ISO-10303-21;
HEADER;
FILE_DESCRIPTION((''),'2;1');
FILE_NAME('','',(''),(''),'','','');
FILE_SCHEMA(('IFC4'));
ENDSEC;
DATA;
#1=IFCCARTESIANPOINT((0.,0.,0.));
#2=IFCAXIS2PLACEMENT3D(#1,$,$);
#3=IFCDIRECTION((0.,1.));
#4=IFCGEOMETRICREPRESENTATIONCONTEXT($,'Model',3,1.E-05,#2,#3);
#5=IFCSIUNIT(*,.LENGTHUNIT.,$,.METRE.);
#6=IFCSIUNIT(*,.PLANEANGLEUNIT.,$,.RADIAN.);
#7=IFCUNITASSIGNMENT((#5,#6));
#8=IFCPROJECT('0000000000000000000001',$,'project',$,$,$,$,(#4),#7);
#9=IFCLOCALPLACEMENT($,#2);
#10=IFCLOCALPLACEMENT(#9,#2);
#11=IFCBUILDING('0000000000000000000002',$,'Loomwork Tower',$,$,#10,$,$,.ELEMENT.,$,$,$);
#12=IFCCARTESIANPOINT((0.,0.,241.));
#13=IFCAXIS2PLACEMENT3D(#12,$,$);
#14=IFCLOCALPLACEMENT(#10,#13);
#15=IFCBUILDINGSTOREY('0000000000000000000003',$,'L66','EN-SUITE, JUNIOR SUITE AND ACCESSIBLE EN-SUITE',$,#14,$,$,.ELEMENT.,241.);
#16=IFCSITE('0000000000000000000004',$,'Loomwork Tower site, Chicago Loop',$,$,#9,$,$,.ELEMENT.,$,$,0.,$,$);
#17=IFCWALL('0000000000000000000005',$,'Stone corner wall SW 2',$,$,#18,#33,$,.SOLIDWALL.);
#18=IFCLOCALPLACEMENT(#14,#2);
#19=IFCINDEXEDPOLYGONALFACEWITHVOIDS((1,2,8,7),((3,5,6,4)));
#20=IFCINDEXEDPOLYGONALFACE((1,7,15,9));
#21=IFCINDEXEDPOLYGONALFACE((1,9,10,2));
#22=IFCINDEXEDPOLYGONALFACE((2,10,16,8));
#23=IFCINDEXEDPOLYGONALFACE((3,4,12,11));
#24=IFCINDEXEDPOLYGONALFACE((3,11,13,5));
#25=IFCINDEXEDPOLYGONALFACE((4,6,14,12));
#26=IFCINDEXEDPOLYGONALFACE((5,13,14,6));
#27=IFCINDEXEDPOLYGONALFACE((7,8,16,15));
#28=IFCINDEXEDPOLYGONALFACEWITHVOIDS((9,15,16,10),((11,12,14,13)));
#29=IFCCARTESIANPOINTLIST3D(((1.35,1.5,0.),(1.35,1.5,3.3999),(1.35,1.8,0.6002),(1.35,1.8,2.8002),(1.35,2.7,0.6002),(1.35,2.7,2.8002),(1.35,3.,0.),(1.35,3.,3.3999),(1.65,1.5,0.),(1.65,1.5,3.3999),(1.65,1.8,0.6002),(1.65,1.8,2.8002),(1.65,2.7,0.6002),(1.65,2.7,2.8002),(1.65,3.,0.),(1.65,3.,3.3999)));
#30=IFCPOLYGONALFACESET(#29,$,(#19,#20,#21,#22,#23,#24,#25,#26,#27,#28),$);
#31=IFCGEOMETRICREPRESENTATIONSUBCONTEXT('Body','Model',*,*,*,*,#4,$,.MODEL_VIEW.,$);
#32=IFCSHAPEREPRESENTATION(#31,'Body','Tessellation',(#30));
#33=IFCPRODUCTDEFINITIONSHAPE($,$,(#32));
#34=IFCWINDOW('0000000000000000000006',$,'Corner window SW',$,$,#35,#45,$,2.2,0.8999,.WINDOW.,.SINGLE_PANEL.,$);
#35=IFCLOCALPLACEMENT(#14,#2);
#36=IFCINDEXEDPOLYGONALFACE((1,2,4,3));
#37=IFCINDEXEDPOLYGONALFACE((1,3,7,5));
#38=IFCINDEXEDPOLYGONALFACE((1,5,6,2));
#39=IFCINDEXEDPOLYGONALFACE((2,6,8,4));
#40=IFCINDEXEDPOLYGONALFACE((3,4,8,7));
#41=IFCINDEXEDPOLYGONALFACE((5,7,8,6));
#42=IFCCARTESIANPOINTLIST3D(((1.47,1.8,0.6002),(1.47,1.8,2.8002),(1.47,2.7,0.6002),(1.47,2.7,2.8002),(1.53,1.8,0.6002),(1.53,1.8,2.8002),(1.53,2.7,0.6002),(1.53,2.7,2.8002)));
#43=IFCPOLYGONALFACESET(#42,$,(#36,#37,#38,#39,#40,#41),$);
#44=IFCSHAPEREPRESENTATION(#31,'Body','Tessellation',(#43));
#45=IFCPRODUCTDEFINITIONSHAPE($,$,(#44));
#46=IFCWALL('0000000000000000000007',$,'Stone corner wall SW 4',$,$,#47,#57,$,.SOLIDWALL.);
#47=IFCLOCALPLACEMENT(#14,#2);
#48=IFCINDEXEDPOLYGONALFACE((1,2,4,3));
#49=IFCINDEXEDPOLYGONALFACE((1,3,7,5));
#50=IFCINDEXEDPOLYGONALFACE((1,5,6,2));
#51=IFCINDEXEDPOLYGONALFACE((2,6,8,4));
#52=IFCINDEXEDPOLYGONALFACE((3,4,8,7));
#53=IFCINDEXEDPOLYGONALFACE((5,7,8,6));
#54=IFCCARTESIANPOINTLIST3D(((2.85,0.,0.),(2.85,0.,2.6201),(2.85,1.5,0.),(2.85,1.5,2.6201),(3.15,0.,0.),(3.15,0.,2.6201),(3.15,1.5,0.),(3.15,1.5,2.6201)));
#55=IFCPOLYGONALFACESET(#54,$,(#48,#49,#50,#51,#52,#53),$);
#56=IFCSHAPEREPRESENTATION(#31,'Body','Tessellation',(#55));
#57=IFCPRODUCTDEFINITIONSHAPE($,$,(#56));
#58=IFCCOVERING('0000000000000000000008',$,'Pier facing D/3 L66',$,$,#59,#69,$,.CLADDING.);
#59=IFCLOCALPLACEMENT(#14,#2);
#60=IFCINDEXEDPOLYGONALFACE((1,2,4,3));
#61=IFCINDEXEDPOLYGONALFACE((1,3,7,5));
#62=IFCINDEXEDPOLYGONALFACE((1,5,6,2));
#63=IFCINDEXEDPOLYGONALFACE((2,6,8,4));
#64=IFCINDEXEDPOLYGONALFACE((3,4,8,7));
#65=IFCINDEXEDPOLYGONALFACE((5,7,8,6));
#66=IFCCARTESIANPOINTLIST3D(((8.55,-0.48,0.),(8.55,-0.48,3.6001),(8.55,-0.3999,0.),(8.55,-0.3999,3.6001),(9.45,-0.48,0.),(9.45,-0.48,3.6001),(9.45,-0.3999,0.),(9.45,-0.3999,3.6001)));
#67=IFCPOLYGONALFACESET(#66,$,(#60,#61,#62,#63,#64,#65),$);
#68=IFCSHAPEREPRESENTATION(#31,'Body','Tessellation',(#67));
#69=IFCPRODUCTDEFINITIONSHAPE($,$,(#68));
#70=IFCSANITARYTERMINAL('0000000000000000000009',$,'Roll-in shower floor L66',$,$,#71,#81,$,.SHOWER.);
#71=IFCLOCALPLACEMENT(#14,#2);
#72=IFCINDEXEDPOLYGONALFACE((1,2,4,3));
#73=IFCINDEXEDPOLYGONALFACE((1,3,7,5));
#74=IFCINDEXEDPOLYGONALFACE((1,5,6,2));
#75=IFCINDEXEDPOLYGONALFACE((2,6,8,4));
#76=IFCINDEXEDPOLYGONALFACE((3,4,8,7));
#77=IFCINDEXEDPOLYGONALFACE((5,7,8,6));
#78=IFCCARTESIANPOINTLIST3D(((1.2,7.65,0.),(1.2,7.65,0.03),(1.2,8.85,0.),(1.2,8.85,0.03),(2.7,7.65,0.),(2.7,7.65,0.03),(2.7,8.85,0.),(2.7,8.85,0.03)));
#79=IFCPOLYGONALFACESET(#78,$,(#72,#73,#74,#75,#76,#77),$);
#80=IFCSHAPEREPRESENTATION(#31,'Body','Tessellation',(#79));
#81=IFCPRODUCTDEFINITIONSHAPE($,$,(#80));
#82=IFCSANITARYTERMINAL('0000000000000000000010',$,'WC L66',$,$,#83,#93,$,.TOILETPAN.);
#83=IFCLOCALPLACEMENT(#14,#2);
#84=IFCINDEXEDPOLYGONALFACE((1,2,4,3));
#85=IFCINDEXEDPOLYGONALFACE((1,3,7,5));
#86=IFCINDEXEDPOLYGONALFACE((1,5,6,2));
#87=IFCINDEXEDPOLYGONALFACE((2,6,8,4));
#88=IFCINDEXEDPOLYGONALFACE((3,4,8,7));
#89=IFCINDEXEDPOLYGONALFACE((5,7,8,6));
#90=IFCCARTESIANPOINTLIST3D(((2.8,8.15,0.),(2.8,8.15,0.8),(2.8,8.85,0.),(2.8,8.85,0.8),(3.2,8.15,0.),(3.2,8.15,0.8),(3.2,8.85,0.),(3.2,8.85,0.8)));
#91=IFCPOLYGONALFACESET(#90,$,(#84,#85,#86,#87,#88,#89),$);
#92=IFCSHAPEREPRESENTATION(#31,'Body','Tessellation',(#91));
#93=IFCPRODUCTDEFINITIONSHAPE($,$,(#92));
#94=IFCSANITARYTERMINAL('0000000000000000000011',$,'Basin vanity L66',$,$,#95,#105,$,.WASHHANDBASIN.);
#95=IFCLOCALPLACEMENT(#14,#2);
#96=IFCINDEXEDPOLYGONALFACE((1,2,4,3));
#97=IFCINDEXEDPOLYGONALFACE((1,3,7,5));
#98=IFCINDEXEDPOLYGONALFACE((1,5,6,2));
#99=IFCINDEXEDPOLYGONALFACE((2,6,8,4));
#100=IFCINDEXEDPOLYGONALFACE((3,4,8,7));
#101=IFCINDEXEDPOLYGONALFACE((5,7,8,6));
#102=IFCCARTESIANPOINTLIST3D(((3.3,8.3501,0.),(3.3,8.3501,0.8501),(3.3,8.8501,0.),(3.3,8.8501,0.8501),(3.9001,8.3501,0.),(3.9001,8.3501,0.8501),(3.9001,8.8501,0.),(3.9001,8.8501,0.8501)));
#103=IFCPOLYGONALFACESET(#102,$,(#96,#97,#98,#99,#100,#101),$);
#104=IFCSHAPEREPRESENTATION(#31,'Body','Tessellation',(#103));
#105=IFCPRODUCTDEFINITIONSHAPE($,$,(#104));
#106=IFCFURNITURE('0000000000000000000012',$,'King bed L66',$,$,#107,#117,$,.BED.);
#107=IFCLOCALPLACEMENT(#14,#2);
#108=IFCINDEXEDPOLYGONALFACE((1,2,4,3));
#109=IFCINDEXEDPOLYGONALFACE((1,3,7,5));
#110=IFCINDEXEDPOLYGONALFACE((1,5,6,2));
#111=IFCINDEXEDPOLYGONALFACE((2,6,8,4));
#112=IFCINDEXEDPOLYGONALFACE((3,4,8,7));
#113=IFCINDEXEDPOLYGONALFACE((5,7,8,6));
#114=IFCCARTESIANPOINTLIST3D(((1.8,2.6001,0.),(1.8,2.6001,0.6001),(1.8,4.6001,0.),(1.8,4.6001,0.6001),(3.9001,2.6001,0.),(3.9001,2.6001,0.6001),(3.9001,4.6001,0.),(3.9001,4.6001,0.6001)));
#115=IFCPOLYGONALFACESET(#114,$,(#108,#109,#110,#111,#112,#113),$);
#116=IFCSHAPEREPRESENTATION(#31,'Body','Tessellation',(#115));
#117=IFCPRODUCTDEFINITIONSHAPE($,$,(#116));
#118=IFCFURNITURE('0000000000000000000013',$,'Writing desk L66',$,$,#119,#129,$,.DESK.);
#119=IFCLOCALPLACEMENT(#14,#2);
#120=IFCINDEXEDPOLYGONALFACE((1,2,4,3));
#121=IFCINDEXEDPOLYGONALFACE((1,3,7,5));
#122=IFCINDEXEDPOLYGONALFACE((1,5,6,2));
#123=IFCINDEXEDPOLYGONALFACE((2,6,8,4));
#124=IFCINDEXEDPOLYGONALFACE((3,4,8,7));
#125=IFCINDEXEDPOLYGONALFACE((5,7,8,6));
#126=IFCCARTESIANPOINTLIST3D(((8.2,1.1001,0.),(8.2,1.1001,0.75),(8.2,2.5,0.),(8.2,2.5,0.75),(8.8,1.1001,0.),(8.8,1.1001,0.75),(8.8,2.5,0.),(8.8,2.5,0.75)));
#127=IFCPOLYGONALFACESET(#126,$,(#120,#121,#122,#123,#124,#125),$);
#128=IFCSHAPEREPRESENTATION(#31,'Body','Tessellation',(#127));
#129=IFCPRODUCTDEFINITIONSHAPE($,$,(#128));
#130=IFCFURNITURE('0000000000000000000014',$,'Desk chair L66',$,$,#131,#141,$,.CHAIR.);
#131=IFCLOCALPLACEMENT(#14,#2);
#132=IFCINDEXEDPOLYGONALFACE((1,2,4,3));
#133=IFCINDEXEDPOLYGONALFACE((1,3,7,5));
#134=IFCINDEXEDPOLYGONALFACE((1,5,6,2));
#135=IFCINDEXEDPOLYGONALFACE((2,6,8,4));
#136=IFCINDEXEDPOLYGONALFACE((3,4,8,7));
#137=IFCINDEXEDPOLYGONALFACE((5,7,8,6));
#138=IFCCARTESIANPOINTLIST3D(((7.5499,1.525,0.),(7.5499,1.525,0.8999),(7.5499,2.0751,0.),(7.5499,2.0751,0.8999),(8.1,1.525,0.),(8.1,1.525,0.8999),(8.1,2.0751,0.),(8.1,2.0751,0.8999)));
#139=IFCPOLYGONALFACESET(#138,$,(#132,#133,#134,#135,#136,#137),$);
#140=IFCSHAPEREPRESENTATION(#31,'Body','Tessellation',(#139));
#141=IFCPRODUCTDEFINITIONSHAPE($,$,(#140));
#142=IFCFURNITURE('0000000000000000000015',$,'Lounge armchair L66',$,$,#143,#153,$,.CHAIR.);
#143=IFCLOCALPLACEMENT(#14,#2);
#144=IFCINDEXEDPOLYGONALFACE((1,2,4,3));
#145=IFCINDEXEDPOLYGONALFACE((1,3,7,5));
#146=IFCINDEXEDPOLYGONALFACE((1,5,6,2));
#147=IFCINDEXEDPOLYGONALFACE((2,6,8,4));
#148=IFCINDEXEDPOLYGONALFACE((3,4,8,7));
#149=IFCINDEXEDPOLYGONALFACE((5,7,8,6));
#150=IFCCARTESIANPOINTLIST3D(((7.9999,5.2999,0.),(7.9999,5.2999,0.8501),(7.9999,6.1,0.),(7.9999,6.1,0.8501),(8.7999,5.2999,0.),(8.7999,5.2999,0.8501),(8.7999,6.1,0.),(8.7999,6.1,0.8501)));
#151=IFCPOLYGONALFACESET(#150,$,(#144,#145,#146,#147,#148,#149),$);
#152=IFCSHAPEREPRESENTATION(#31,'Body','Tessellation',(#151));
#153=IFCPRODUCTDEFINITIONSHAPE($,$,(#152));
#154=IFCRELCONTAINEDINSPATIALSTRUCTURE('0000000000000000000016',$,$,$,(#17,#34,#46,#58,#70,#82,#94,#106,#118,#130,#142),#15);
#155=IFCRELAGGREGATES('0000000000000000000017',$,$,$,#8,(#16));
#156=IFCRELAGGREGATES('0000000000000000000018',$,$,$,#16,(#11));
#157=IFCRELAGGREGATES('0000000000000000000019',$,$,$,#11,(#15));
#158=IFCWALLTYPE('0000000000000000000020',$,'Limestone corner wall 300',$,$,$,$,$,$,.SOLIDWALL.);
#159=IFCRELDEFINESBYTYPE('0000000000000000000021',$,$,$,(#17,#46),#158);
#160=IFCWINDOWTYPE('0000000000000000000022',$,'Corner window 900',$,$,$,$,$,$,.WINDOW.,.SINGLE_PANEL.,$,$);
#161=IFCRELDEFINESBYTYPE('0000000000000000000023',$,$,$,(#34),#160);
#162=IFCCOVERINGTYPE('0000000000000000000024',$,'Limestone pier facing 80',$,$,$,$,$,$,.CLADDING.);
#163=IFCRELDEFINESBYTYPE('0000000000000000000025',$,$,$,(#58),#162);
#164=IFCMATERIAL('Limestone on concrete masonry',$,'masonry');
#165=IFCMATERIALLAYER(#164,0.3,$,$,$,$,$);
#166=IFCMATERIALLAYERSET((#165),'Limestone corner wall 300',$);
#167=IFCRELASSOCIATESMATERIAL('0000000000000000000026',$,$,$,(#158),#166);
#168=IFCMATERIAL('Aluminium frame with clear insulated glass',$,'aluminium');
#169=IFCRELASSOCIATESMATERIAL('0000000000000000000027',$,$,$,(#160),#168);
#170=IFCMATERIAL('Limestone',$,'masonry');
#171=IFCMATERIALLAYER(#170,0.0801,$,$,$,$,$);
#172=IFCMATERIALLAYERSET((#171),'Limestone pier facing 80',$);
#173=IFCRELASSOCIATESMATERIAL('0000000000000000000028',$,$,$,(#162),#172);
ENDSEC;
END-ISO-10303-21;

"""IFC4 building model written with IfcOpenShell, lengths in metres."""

from ifc_helpers import new_model, si_unit, direction, frame, frame_2d, origin, origin_2d, place, context, subcontext, project, spatial, rectangle, extrude, material, layer, layer_set, type_object, element, fill, save


model = new_model("IFC4")

# Units and contexts
model_context = context("Model", 3, precision=1e-05, world=origin(), true_north=direction((0.0, 1.0)))
body_context = subcontext(model_context, "Body", "Model", "MODEL_VIEW")
ifc_project = project(units=[si_unit("LENGTHUNIT", "METRE"), si_unit("PLANEANGLEUNIT", "RADIAN")], contexts=[model_context])

# Site, building, storey
site_placement = place(None, origin())
site = spatial("IfcSite", under=ifc_project, at=site_placement, Name="Loomwork Tower site, Chicago Loop", CompositionType="ELEMENT", RefElevation=0.0)
building_placement = place(site_placement, origin())
building = spatial("IfcBuilding", under=site, at=building_placement, Name="Loomwork Tower", CompositionType="ELEMENT")
storey_placement = place(building_placement, frame((0.0, 0.0, 241.0)))
storey = spatial("IfcBuildingStorey", under=building, at=storey_placement, Name="L66", Description="EN-SUITE, JUNIOR SUITE AND ACCESSIBLE EN-SUITE", CompositionType="ELEMENT", Elevation=241.0)

# Wall, opening, window
ifc_material_1 = material(Name="Limestone on concrete masonry", Category="masonry")
ifc_layer_1 = layer(ifc_material_1, 0.3)
ifc_layer_set_1 = layer_set([ifc_layer_1], Name="Limestone corner wall 300")
wall_type_1 = type_object("IfcWallType", Name="Limestone corner wall 300", PredefinedType="SOLIDWALL", material=ifc_layer_set_1)
wall_1_placement = place(storey_placement, frame((1.5, 3.0, 0.0), z_axis=(0.0, 0.0, 1.0), x_axis=(0.0, -1.0, 0.0)))
wall_1 = element("IfcWall", 1, at=wall_1_placement, inside=storey, type_object=wall_type_1, Name="Stone corner wall SW 2", PredefinedType="SOLIDWALL", context=body_context, shape_type="SweptSolid", body=[
    extrude(rectangle(XDim=1.5, YDim=0.3, at=frame_2d((0.75, 0.0))), origin(), (0.0, 0.0, 1.0), 3.3999),
])
opening_1_placement = place(wall_1_placement, frame((0.3, 0.0, 0.6001)))
opening_1 = element("IfcOpeningElement", 2, at=opening_1_placement, cuts=wall_1, PredefinedType="OPENING", context=body_context, shape_type="SweptSolid", body=[
    extrude(rectangle(XDim=0.8999, YDim=2.2, at=frame_2d((0.45, 1.1001))), frame((0.0, 0.1599, 0.0), z_axis=(0.0, -1.0, 0.0), x_axis=(1.0, 0.0, 0.0)), (0.0, 0.0, 1.0), 0.3201),
])
ifc_material_2 = material(Name="Aluminium frame with clear insulated glass", Category="aluminium")
window_type_1 = type_object("IfcWindowType", Name="Corner window 900", PartitioningType="SINGLE_PANEL", PredefinedType="WINDOW", material=ifc_material_2)
window_1_placement = place(opening_1_placement, origin())
window_1 = element("IfcWindow", 3, at=window_1_placement, inside=storey, type_object=window_type_1, Name="Corner window SW", OverallHeight=2.2, OverallWidth=0.8999, PartitioningType="SINGLE_PANEL", PredefinedType="WINDOW", context=body_context, shape_type="SweptSolid", body=[
    extrude(rectangle(XDim=0.8999, YDim=2.2, at=frame_2d((0.45, 1.1001))), frame((0.0, 0.03, 0.0), z_axis=(0.0, -1.0, 0.0), x_axis=(1.0, 0.0, 0.0)), (0.0, 0.0, 1.0), 0.0601),
])
fill(opening_1, window_1)

# Wall
wall_2_placement = place(storey_placement, frame((3.0, 1.5, 0.0), z_axis=(0.0, 0.0, 1.0), x_axis=(0.0, -1.0, 0.0)))
element("IfcWall", 4, at=wall_2_placement, inside=storey, type_object=wall_type_1, Name="Stone corner wall SW 4", PredefinedType="SOLIDWALL", context=body_context, shape_type="SweptSolid", body=[
    extrude(rectangle(XDim=1.5, YDim=0.3, at=frame_2d((0.75, 0.0))), origin(), (0.0, 0.0, 1.0), 2.6201),
])

# Covering
ifc_material_3 = material(Name="Limestone", Category="masonry")
ifc_layer_2 = layer(ifc_material_3, 0.0801)
ifc_layer_set_2 = layer_set([ifc_layer_2], Name="Limestone pier facing 80")
covering_type = type_object("IfcCoveringType", Name="Limestone pier facing 80", PredefinedType="CLADDING", material=ifc_layer_set_2)
covering_placement = place(storey_placement, frame((9.0, -0.4399, 0.0), z_axis=(0.0, 0.0, 1.0), x_axis=(1.0, 0.0, 0.0)))
element("IfcCovering", 5, at=covering_placement, inside=storey, type_object=covering_type, Name="Pier facing D/3 L66", PredefinedType="CLADDING", context=body_context, shape_type="SweptSolid", body=[
    extrude(rectangle(XDim=0.8999, YDim=0.0801, at=origin_2d()), origin(), (0.0, 0.0, 1.0), 3.6001),
])

# Sanitary terminals
sanitary_terminal_1_placement = place(storey_placement, frame((1.95, 8.25, 0.0), z_axis=(0.0, 0.0, 1.0), x_axis=(1.0, 0.0, 0.0)))
element("IfcSanitaryTerminal", 6, at=sanitary_terminal_1_placement, inside=storey, Name="Roll-in shower floor L66", PredefinedType="SHOWER", context=body_context, shape_type="SweptSolid", body=[
    extrude(rectangle(XDim=1.5, YDim=1.2, at=origin_2d()), origin(), (0.0, 0.0, 1.0), 0.03),
])
sanitary_terminal_2_placement = place(storey_placement, frame((3.0, 8.5, 0.0), z_axis=(0.0, 0.0, 1.0), x_axis=(1.0, 0.0, 0.0)))
element("IfcSanitaryTerminal", 7, at=sanitary_terminal_2_placement, inside=storey, Name="WC L66", PredefinedType="TOILETPAN", context=body_context, shape_type="SweptSolid", body=[
    extrude(rectangle(XDim=0.3999, YDim=0.7, at=origin_2d()), origin(), (0.0, 0.0, 1.0), 0.8),
])
sanitary_terminal_3_placement = place(storey_placement, frame((3.6001, 8.6001, 0.0), z_axis=(0.0, 0.0, 1.0), x_axis=(1.0, 0.0, 0.0)))
element("IfcSanitaryTerminal", 8, at=sanitary_terminal_3_placement, inside=storey, Name="Basin vanity L66", PredefinedType="WASHHANDBASIN", context=body_context, shape_type="SweptSolid", body=[
    extrude(rectangle(XDim=0.6001, YDim=0.5, at=origin_2d()), origin(), (0.0, 0.0, 1.0), 0.8501),
])

# Furniture
furniture_1_placement = place(storey_placement, frame((2.8501, 3.6001, 0.0), z_axis=(0.0, 0.0, 1.0), x_axis=(1.0, 0.0, 0.0)))
element("IfcFurniture", 9, at=furniture_1_placement, inside=storey, Name="King bed L66", PredefinedType="BED", context=body_context, shape_type="SweptSolid", body=[
    extrude(rectangle(XDim=2.1001, YDim=2.0, at=origin_2d()), origin(), (0.0, 0.0, 1.0), 0.6001),
])
furniture_2_placement = place(storey_placement, frame((8.5, 1.8, 0.0), z_axis=(0.0, 0.0, 1.0), x_axis=(1.0, 0.0, 0.0)))
element("IfcFurniture", 10, at=furniture_2_placement, inside=storey, Name="Writing desk L66", PredefinedType="DESK", context=body_context, shape_type="SweptSolid", body=[
    extrude(rectangle(XDim=0.6001, YDim=1.3999, at=origin_2d()), origin(), (0.0, 0.0, 1.0), 0.75),
])
furniture_3_placement = place(storey_placement, frame((7.825, 1.8, 0.0), z_axis=(0.0, 0.0, 1.0), x_axis=(1.0, 0.0, 0.0)))
element("IfcFurniture", 11, at=furniture_3_placement, inside=storey, Name="Desk chair L66", PredefinedType="CHAIR", context=body_context, shape_type="SweptSolid", body=[
    extrude(rectangle(XDim=0.55, YDim=0.55, at=origin_2d()), origin(), (0.0, 0.0, 1.0), 0.8999),
])
furniture_4_placement = place(storey_placement, frame((8.3999, 5.7, 0.0), z_axis=(0.0, 0.0, 1.0), x_axis=(1.0, 0.0, 0.0)))
element("IfcFurniture", 12, at=furniture_4_placement, inside=storey, Name="Lounge armchair L66", PredefinedType="CHAIR", context=body_context, shape_type="SweptSolid", body=[
    extrude(rectangle(XDim=0.8, YDim=0.8, at=origin_2d()), origin(), (0.0, 0.0, 1.0), 0.8501),
])

save(model, "model.ifc")
